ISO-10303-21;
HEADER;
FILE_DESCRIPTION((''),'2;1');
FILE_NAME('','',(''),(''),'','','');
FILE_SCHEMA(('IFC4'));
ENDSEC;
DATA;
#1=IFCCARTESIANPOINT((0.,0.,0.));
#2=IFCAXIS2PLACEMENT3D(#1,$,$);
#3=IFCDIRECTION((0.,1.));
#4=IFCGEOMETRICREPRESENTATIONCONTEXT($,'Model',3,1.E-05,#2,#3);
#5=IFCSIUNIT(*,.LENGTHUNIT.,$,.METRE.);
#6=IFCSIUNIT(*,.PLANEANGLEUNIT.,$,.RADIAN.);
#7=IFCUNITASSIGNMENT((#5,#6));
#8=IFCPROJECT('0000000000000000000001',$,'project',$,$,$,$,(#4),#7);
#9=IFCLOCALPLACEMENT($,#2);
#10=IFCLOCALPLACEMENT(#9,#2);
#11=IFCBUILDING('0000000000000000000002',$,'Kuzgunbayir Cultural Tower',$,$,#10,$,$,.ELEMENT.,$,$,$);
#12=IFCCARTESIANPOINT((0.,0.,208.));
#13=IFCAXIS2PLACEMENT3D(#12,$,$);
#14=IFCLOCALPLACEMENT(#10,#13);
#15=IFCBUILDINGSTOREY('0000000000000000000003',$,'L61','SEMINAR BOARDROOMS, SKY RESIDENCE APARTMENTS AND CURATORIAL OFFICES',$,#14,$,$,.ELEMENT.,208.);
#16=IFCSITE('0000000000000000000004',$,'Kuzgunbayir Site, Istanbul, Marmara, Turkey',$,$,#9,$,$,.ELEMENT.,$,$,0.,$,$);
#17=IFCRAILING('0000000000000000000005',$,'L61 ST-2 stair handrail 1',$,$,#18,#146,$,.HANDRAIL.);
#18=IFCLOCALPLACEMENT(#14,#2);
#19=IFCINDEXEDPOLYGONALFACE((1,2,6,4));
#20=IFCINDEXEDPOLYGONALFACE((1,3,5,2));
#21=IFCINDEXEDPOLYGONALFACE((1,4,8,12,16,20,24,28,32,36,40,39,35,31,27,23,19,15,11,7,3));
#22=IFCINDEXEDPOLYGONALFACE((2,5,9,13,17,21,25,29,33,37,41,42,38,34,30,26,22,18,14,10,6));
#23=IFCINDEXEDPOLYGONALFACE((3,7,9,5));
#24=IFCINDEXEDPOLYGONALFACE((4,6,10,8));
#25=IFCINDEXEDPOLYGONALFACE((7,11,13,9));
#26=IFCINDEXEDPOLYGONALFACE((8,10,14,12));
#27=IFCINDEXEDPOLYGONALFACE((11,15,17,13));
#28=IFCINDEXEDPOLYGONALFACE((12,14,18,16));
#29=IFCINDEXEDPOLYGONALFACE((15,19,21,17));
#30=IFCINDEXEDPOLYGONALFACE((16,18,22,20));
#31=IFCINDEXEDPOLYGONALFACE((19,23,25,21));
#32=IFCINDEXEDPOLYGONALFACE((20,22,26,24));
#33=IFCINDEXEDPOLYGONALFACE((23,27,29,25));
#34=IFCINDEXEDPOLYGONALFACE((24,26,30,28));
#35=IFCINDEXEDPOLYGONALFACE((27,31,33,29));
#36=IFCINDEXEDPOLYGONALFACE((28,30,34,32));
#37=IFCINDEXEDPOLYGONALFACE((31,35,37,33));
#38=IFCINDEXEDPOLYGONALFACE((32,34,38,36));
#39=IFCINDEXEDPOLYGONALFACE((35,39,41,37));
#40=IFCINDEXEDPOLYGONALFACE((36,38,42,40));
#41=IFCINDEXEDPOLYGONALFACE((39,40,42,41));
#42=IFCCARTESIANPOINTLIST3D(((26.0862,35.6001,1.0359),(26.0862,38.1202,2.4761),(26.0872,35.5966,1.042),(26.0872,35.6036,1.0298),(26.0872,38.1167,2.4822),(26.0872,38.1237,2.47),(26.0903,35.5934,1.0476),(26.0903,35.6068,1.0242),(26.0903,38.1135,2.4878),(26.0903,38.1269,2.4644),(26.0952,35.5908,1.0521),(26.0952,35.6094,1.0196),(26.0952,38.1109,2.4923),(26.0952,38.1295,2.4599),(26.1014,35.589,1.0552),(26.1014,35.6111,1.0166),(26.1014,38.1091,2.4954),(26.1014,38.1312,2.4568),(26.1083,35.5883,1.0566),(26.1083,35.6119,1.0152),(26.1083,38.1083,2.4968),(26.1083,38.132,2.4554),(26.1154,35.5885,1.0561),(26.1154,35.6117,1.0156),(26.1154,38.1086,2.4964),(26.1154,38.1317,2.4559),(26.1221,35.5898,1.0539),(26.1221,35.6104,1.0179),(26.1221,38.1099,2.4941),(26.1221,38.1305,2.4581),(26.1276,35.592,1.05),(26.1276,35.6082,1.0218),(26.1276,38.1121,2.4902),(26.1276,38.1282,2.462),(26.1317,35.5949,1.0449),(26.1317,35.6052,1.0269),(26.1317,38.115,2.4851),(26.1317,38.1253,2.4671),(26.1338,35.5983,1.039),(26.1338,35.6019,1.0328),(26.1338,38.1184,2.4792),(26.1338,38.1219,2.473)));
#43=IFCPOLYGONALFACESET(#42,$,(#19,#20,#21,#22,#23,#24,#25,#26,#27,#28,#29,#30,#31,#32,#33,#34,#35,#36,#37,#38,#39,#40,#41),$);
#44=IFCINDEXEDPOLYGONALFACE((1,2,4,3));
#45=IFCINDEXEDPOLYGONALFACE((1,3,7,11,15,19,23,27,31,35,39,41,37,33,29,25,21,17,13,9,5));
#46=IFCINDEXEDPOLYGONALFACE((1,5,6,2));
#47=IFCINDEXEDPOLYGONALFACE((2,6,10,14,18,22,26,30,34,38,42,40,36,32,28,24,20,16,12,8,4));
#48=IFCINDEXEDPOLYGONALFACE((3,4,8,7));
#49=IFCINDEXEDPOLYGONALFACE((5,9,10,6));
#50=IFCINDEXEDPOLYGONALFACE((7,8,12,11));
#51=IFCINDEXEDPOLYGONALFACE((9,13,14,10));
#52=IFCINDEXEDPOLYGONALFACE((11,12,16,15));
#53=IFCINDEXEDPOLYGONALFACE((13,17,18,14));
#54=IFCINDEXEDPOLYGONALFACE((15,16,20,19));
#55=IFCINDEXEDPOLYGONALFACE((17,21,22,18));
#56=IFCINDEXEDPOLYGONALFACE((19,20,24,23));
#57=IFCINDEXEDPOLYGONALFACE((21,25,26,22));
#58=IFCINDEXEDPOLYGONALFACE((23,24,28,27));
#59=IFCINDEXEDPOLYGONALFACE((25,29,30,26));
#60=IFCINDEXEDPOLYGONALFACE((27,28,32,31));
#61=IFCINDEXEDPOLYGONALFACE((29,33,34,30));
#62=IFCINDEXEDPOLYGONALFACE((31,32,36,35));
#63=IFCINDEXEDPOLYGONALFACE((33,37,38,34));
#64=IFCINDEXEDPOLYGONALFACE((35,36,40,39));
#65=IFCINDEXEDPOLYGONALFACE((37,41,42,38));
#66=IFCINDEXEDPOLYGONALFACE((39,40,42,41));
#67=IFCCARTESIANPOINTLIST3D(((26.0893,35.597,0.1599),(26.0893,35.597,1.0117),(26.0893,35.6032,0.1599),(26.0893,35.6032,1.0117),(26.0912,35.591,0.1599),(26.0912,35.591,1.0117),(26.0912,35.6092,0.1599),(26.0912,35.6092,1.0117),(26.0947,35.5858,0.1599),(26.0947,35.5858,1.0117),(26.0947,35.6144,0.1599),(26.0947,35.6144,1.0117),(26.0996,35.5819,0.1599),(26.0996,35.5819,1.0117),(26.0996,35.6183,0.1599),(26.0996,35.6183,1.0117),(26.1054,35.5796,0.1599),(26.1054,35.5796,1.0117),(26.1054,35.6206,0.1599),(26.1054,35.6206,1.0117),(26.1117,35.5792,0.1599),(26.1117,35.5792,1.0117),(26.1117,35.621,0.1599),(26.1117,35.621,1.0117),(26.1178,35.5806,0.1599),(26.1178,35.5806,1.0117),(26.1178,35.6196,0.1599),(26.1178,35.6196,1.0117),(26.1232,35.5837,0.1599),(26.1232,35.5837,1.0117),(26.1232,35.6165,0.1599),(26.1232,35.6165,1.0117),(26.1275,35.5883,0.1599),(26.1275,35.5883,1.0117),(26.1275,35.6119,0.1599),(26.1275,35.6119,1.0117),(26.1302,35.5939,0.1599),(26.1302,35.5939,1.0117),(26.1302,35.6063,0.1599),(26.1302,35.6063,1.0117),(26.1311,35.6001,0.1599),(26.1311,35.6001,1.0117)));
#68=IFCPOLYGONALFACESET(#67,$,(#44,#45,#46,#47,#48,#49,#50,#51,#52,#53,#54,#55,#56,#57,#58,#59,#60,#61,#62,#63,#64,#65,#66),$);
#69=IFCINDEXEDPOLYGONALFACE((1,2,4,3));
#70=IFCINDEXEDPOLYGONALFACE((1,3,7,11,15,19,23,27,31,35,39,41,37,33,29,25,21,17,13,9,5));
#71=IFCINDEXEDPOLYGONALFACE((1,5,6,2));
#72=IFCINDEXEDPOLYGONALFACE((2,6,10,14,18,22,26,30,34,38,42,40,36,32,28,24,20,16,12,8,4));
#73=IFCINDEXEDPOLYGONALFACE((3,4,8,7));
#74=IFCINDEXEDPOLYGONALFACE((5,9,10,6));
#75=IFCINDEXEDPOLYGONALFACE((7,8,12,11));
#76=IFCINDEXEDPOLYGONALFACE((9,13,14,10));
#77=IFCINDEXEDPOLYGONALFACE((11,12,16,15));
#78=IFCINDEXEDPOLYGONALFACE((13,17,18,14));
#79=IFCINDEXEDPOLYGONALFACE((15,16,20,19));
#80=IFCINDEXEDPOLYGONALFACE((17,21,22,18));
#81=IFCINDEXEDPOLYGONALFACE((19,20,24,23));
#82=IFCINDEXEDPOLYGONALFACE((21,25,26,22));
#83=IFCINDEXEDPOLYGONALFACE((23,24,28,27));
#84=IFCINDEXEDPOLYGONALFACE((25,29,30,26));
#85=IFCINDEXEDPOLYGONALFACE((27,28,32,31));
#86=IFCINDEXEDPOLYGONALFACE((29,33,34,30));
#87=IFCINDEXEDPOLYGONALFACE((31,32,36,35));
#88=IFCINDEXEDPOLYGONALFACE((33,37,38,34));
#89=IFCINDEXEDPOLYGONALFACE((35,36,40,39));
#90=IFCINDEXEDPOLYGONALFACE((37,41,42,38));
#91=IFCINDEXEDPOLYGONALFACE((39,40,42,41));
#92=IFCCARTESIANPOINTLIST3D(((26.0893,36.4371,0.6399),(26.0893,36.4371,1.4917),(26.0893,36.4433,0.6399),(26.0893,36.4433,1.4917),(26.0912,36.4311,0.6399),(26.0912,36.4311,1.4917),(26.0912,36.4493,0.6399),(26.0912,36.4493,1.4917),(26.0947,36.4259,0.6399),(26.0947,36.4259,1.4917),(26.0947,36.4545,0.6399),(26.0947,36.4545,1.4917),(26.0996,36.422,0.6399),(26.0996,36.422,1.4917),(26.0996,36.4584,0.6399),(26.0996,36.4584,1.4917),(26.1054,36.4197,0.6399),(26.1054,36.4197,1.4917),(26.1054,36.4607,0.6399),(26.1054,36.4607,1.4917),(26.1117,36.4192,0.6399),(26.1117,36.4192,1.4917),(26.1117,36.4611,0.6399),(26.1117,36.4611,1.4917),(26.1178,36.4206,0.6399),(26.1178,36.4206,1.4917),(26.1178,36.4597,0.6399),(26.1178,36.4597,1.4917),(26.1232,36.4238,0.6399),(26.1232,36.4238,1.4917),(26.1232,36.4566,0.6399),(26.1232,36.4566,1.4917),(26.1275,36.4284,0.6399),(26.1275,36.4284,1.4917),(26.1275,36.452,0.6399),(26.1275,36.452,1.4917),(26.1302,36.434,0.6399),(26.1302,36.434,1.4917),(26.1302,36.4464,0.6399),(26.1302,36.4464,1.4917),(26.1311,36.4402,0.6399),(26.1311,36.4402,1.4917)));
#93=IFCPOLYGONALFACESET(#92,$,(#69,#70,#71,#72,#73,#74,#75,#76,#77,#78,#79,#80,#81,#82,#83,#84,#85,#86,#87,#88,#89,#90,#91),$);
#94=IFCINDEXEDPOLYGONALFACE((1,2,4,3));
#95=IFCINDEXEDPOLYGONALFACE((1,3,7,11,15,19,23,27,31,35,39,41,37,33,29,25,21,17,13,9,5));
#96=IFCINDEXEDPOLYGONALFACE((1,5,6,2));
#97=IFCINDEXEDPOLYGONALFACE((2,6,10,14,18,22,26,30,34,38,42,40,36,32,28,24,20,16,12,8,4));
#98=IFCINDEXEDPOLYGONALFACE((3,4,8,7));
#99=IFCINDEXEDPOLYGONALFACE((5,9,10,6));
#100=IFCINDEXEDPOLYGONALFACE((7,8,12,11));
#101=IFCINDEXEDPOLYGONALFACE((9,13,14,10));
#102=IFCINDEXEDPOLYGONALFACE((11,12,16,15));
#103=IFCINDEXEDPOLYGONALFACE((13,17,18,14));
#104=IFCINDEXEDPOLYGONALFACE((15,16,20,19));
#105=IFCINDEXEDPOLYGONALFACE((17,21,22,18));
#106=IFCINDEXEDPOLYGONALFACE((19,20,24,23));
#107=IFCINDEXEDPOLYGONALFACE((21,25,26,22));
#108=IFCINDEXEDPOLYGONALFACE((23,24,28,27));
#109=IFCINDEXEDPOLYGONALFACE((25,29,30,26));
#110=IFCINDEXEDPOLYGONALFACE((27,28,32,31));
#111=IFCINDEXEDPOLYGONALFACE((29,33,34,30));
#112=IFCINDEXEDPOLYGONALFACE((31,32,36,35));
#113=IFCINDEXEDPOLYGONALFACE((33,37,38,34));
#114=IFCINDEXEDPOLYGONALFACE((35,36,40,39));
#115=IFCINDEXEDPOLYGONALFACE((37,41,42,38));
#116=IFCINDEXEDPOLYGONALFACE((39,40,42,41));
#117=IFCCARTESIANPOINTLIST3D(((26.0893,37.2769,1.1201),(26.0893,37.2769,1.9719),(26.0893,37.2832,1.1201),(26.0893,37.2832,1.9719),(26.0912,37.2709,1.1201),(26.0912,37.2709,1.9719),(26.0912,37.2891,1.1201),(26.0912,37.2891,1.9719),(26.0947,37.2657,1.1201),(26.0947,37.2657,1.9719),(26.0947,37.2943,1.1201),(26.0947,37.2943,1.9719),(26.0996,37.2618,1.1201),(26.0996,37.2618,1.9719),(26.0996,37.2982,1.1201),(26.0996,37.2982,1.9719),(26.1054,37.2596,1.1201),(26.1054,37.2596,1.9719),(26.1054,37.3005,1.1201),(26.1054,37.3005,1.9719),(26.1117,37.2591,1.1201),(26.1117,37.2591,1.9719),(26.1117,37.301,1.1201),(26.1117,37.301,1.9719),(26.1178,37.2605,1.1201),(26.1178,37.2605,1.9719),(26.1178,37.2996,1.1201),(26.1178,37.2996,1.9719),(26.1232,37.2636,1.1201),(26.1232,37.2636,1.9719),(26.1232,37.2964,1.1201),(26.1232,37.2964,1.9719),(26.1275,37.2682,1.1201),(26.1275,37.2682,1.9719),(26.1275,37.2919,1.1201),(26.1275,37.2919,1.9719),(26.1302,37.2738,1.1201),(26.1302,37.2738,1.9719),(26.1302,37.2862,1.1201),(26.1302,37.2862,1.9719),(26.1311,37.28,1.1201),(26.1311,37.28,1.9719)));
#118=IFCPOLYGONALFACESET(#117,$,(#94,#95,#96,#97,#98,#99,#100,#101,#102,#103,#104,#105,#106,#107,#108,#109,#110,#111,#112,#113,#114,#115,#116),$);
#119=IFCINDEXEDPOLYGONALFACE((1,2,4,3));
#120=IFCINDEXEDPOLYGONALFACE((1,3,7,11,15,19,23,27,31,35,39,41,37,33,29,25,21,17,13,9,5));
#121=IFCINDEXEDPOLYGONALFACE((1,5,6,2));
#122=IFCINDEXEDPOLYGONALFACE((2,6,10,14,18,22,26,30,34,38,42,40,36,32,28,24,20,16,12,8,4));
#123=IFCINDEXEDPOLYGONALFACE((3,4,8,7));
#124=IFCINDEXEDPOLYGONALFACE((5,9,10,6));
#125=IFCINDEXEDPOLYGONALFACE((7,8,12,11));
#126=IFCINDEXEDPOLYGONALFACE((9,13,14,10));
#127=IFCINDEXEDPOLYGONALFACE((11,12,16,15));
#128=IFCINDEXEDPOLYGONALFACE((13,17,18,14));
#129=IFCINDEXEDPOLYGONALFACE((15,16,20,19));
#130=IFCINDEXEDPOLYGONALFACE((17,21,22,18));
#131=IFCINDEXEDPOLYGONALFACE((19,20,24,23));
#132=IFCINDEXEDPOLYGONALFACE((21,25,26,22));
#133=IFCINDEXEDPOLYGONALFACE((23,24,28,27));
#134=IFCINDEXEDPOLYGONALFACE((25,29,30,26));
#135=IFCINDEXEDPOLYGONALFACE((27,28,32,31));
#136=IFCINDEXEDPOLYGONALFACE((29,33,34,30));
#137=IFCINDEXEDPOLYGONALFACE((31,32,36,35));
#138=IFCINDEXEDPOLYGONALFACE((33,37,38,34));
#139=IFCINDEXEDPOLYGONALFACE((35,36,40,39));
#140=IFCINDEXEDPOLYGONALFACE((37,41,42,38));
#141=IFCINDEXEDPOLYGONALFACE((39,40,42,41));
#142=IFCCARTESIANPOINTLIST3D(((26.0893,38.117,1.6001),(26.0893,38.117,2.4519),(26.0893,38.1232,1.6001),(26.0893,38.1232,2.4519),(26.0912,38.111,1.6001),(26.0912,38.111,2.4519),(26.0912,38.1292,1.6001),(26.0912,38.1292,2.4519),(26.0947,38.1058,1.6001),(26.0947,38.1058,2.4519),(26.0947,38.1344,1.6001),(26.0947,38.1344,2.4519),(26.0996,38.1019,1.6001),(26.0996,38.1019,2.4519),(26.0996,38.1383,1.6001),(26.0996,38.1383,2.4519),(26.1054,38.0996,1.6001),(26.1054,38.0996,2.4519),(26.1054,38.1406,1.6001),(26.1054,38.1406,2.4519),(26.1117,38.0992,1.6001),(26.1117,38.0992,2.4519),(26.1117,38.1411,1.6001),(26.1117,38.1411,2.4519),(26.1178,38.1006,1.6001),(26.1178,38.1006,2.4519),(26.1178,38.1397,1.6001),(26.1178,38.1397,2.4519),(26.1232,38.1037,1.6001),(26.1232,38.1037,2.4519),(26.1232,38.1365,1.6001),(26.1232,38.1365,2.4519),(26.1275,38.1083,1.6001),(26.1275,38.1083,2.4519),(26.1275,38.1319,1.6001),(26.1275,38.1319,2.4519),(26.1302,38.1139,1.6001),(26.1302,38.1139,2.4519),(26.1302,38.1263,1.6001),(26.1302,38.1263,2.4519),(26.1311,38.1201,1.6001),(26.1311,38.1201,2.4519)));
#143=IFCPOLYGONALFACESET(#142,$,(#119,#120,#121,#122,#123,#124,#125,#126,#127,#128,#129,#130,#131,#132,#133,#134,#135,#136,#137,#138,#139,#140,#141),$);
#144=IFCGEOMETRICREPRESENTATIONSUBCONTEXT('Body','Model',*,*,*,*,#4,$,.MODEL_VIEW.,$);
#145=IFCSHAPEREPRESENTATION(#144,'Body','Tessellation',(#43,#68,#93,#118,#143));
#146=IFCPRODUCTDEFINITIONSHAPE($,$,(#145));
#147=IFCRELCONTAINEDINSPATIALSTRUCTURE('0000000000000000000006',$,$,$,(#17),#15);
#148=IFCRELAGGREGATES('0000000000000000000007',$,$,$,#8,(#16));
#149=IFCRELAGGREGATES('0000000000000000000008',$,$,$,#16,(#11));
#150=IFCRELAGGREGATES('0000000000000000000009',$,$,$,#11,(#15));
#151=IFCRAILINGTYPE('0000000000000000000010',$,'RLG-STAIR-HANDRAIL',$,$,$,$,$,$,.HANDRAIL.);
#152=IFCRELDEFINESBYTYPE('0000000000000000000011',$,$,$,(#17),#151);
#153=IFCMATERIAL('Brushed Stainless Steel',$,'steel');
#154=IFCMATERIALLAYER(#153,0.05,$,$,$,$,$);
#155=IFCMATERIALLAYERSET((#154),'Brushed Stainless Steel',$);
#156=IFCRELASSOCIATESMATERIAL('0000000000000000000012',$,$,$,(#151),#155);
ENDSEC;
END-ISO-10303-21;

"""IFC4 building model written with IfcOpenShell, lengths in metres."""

from ifc_helpers import new_model, si_unit, direction, frame, origin, origin_2d, place, context, subcontext, project, spatial, circle, extrude, material, layer, layer_set, type_object, element, save


model = new_model("IFC4")

# Units and contexts
model_context = context("Model", 3, precision=1e-05, world=origin(), true_north=direction((0.0, 1.0)))
body_context = subcontext(model_context, "Body", "Model", "MODEL_VIEW")
ifc_project = project(units=[si_unit("LENGTHUNIT", "METRE"), si_unit("PLANEANGLEUNIT", "RADIAN")], contexts=[model_context])

# Site, building, storey
site_placement = place(None, origin())
site = spatial("IfcSite", under=ifc_project, at=site_placement, Name="Kuzgunbayir Site, Istanbul, Marmara, Turkey", CompositionType="ELEMENT", RefElevation=0.0)
building_placement = place(site_placement, origin())
building = spatial("IfcBuilding", under=site, at=building_placement, Name="Kuzgunbayir Cultural Tower", CompositionType="ELEMENT")
storey_placement = place(building_placement, frame((0.0, 0.0, 208.0)))
storey = spatial("IfcBuildingStorey", under=building, at=storey_placement, Name="L61", Description="SEMINAR BOARDROOMS, SKY RESIDENCE APARTMENTS AND CURATORIAL OFFICES", CompositionType="ELEMENT", Elevation=208.0)

# Shared definitions
ifc_material_1 = material(Name="Brushed Stainless Steel", Category="steel")

# Railing
ifc_layer_1 = layer(ifc_material_1, 0.05)
ifc_layer_set_1 = layer_set([ifc_layer_1], Name="Brushed Stainless Steel")
railing_type_1 = type_object("IfcRailingType", Name="RLG-STAIR-HANDRAIL", PredefinedType="HANDRAIL", material=ifc_layer_set_1)
railing_1_placement = place(storey_placement, frame((26.1101, 35.6001, 0.1599)))
element("IfcRailing", 1, at=railing_1_placement, inside=storey, type_object=railing_type_1, Name="L61 ST-2 stair handrail 1", PredefinedType="HANDRAIL", context=body_context, shape_type="SweptSolid", body=[
    extrude(circle(Radius=0.0239, at=origin_2d()), frame((0.0, 0.0, 0.876), z_axis=(0.0, 0.868217, 0.496184), x_axis=(-1.0, 0.0, 0.0)), (0.0, 0.0, 1.0), 2.9026),
    extrude(circle(Radius=0.021, at=origin_2d()), origin(), (0.0, 0.0, 1.0), 0.8518),
    extrude(circle(Radius=0.021, at=origin_2d()), frame((0.0, 0.8401, 0.48)), (0.0, 0.0, 1.0), 0.8518),
    extrude(circle(Radius=0.021, at=origin_2d()), frame((0.0, 1.6799, 0.9602)), (0.0, 0.0, 1.0), 0.8518),
    extrude(circle(Radius=0.021, at=origin_2d()), frame((0.0, 2.52, 1.4402)), (0.0, 0.0, 1.0), 0.8518),
])

save(model, "model.ifc")
